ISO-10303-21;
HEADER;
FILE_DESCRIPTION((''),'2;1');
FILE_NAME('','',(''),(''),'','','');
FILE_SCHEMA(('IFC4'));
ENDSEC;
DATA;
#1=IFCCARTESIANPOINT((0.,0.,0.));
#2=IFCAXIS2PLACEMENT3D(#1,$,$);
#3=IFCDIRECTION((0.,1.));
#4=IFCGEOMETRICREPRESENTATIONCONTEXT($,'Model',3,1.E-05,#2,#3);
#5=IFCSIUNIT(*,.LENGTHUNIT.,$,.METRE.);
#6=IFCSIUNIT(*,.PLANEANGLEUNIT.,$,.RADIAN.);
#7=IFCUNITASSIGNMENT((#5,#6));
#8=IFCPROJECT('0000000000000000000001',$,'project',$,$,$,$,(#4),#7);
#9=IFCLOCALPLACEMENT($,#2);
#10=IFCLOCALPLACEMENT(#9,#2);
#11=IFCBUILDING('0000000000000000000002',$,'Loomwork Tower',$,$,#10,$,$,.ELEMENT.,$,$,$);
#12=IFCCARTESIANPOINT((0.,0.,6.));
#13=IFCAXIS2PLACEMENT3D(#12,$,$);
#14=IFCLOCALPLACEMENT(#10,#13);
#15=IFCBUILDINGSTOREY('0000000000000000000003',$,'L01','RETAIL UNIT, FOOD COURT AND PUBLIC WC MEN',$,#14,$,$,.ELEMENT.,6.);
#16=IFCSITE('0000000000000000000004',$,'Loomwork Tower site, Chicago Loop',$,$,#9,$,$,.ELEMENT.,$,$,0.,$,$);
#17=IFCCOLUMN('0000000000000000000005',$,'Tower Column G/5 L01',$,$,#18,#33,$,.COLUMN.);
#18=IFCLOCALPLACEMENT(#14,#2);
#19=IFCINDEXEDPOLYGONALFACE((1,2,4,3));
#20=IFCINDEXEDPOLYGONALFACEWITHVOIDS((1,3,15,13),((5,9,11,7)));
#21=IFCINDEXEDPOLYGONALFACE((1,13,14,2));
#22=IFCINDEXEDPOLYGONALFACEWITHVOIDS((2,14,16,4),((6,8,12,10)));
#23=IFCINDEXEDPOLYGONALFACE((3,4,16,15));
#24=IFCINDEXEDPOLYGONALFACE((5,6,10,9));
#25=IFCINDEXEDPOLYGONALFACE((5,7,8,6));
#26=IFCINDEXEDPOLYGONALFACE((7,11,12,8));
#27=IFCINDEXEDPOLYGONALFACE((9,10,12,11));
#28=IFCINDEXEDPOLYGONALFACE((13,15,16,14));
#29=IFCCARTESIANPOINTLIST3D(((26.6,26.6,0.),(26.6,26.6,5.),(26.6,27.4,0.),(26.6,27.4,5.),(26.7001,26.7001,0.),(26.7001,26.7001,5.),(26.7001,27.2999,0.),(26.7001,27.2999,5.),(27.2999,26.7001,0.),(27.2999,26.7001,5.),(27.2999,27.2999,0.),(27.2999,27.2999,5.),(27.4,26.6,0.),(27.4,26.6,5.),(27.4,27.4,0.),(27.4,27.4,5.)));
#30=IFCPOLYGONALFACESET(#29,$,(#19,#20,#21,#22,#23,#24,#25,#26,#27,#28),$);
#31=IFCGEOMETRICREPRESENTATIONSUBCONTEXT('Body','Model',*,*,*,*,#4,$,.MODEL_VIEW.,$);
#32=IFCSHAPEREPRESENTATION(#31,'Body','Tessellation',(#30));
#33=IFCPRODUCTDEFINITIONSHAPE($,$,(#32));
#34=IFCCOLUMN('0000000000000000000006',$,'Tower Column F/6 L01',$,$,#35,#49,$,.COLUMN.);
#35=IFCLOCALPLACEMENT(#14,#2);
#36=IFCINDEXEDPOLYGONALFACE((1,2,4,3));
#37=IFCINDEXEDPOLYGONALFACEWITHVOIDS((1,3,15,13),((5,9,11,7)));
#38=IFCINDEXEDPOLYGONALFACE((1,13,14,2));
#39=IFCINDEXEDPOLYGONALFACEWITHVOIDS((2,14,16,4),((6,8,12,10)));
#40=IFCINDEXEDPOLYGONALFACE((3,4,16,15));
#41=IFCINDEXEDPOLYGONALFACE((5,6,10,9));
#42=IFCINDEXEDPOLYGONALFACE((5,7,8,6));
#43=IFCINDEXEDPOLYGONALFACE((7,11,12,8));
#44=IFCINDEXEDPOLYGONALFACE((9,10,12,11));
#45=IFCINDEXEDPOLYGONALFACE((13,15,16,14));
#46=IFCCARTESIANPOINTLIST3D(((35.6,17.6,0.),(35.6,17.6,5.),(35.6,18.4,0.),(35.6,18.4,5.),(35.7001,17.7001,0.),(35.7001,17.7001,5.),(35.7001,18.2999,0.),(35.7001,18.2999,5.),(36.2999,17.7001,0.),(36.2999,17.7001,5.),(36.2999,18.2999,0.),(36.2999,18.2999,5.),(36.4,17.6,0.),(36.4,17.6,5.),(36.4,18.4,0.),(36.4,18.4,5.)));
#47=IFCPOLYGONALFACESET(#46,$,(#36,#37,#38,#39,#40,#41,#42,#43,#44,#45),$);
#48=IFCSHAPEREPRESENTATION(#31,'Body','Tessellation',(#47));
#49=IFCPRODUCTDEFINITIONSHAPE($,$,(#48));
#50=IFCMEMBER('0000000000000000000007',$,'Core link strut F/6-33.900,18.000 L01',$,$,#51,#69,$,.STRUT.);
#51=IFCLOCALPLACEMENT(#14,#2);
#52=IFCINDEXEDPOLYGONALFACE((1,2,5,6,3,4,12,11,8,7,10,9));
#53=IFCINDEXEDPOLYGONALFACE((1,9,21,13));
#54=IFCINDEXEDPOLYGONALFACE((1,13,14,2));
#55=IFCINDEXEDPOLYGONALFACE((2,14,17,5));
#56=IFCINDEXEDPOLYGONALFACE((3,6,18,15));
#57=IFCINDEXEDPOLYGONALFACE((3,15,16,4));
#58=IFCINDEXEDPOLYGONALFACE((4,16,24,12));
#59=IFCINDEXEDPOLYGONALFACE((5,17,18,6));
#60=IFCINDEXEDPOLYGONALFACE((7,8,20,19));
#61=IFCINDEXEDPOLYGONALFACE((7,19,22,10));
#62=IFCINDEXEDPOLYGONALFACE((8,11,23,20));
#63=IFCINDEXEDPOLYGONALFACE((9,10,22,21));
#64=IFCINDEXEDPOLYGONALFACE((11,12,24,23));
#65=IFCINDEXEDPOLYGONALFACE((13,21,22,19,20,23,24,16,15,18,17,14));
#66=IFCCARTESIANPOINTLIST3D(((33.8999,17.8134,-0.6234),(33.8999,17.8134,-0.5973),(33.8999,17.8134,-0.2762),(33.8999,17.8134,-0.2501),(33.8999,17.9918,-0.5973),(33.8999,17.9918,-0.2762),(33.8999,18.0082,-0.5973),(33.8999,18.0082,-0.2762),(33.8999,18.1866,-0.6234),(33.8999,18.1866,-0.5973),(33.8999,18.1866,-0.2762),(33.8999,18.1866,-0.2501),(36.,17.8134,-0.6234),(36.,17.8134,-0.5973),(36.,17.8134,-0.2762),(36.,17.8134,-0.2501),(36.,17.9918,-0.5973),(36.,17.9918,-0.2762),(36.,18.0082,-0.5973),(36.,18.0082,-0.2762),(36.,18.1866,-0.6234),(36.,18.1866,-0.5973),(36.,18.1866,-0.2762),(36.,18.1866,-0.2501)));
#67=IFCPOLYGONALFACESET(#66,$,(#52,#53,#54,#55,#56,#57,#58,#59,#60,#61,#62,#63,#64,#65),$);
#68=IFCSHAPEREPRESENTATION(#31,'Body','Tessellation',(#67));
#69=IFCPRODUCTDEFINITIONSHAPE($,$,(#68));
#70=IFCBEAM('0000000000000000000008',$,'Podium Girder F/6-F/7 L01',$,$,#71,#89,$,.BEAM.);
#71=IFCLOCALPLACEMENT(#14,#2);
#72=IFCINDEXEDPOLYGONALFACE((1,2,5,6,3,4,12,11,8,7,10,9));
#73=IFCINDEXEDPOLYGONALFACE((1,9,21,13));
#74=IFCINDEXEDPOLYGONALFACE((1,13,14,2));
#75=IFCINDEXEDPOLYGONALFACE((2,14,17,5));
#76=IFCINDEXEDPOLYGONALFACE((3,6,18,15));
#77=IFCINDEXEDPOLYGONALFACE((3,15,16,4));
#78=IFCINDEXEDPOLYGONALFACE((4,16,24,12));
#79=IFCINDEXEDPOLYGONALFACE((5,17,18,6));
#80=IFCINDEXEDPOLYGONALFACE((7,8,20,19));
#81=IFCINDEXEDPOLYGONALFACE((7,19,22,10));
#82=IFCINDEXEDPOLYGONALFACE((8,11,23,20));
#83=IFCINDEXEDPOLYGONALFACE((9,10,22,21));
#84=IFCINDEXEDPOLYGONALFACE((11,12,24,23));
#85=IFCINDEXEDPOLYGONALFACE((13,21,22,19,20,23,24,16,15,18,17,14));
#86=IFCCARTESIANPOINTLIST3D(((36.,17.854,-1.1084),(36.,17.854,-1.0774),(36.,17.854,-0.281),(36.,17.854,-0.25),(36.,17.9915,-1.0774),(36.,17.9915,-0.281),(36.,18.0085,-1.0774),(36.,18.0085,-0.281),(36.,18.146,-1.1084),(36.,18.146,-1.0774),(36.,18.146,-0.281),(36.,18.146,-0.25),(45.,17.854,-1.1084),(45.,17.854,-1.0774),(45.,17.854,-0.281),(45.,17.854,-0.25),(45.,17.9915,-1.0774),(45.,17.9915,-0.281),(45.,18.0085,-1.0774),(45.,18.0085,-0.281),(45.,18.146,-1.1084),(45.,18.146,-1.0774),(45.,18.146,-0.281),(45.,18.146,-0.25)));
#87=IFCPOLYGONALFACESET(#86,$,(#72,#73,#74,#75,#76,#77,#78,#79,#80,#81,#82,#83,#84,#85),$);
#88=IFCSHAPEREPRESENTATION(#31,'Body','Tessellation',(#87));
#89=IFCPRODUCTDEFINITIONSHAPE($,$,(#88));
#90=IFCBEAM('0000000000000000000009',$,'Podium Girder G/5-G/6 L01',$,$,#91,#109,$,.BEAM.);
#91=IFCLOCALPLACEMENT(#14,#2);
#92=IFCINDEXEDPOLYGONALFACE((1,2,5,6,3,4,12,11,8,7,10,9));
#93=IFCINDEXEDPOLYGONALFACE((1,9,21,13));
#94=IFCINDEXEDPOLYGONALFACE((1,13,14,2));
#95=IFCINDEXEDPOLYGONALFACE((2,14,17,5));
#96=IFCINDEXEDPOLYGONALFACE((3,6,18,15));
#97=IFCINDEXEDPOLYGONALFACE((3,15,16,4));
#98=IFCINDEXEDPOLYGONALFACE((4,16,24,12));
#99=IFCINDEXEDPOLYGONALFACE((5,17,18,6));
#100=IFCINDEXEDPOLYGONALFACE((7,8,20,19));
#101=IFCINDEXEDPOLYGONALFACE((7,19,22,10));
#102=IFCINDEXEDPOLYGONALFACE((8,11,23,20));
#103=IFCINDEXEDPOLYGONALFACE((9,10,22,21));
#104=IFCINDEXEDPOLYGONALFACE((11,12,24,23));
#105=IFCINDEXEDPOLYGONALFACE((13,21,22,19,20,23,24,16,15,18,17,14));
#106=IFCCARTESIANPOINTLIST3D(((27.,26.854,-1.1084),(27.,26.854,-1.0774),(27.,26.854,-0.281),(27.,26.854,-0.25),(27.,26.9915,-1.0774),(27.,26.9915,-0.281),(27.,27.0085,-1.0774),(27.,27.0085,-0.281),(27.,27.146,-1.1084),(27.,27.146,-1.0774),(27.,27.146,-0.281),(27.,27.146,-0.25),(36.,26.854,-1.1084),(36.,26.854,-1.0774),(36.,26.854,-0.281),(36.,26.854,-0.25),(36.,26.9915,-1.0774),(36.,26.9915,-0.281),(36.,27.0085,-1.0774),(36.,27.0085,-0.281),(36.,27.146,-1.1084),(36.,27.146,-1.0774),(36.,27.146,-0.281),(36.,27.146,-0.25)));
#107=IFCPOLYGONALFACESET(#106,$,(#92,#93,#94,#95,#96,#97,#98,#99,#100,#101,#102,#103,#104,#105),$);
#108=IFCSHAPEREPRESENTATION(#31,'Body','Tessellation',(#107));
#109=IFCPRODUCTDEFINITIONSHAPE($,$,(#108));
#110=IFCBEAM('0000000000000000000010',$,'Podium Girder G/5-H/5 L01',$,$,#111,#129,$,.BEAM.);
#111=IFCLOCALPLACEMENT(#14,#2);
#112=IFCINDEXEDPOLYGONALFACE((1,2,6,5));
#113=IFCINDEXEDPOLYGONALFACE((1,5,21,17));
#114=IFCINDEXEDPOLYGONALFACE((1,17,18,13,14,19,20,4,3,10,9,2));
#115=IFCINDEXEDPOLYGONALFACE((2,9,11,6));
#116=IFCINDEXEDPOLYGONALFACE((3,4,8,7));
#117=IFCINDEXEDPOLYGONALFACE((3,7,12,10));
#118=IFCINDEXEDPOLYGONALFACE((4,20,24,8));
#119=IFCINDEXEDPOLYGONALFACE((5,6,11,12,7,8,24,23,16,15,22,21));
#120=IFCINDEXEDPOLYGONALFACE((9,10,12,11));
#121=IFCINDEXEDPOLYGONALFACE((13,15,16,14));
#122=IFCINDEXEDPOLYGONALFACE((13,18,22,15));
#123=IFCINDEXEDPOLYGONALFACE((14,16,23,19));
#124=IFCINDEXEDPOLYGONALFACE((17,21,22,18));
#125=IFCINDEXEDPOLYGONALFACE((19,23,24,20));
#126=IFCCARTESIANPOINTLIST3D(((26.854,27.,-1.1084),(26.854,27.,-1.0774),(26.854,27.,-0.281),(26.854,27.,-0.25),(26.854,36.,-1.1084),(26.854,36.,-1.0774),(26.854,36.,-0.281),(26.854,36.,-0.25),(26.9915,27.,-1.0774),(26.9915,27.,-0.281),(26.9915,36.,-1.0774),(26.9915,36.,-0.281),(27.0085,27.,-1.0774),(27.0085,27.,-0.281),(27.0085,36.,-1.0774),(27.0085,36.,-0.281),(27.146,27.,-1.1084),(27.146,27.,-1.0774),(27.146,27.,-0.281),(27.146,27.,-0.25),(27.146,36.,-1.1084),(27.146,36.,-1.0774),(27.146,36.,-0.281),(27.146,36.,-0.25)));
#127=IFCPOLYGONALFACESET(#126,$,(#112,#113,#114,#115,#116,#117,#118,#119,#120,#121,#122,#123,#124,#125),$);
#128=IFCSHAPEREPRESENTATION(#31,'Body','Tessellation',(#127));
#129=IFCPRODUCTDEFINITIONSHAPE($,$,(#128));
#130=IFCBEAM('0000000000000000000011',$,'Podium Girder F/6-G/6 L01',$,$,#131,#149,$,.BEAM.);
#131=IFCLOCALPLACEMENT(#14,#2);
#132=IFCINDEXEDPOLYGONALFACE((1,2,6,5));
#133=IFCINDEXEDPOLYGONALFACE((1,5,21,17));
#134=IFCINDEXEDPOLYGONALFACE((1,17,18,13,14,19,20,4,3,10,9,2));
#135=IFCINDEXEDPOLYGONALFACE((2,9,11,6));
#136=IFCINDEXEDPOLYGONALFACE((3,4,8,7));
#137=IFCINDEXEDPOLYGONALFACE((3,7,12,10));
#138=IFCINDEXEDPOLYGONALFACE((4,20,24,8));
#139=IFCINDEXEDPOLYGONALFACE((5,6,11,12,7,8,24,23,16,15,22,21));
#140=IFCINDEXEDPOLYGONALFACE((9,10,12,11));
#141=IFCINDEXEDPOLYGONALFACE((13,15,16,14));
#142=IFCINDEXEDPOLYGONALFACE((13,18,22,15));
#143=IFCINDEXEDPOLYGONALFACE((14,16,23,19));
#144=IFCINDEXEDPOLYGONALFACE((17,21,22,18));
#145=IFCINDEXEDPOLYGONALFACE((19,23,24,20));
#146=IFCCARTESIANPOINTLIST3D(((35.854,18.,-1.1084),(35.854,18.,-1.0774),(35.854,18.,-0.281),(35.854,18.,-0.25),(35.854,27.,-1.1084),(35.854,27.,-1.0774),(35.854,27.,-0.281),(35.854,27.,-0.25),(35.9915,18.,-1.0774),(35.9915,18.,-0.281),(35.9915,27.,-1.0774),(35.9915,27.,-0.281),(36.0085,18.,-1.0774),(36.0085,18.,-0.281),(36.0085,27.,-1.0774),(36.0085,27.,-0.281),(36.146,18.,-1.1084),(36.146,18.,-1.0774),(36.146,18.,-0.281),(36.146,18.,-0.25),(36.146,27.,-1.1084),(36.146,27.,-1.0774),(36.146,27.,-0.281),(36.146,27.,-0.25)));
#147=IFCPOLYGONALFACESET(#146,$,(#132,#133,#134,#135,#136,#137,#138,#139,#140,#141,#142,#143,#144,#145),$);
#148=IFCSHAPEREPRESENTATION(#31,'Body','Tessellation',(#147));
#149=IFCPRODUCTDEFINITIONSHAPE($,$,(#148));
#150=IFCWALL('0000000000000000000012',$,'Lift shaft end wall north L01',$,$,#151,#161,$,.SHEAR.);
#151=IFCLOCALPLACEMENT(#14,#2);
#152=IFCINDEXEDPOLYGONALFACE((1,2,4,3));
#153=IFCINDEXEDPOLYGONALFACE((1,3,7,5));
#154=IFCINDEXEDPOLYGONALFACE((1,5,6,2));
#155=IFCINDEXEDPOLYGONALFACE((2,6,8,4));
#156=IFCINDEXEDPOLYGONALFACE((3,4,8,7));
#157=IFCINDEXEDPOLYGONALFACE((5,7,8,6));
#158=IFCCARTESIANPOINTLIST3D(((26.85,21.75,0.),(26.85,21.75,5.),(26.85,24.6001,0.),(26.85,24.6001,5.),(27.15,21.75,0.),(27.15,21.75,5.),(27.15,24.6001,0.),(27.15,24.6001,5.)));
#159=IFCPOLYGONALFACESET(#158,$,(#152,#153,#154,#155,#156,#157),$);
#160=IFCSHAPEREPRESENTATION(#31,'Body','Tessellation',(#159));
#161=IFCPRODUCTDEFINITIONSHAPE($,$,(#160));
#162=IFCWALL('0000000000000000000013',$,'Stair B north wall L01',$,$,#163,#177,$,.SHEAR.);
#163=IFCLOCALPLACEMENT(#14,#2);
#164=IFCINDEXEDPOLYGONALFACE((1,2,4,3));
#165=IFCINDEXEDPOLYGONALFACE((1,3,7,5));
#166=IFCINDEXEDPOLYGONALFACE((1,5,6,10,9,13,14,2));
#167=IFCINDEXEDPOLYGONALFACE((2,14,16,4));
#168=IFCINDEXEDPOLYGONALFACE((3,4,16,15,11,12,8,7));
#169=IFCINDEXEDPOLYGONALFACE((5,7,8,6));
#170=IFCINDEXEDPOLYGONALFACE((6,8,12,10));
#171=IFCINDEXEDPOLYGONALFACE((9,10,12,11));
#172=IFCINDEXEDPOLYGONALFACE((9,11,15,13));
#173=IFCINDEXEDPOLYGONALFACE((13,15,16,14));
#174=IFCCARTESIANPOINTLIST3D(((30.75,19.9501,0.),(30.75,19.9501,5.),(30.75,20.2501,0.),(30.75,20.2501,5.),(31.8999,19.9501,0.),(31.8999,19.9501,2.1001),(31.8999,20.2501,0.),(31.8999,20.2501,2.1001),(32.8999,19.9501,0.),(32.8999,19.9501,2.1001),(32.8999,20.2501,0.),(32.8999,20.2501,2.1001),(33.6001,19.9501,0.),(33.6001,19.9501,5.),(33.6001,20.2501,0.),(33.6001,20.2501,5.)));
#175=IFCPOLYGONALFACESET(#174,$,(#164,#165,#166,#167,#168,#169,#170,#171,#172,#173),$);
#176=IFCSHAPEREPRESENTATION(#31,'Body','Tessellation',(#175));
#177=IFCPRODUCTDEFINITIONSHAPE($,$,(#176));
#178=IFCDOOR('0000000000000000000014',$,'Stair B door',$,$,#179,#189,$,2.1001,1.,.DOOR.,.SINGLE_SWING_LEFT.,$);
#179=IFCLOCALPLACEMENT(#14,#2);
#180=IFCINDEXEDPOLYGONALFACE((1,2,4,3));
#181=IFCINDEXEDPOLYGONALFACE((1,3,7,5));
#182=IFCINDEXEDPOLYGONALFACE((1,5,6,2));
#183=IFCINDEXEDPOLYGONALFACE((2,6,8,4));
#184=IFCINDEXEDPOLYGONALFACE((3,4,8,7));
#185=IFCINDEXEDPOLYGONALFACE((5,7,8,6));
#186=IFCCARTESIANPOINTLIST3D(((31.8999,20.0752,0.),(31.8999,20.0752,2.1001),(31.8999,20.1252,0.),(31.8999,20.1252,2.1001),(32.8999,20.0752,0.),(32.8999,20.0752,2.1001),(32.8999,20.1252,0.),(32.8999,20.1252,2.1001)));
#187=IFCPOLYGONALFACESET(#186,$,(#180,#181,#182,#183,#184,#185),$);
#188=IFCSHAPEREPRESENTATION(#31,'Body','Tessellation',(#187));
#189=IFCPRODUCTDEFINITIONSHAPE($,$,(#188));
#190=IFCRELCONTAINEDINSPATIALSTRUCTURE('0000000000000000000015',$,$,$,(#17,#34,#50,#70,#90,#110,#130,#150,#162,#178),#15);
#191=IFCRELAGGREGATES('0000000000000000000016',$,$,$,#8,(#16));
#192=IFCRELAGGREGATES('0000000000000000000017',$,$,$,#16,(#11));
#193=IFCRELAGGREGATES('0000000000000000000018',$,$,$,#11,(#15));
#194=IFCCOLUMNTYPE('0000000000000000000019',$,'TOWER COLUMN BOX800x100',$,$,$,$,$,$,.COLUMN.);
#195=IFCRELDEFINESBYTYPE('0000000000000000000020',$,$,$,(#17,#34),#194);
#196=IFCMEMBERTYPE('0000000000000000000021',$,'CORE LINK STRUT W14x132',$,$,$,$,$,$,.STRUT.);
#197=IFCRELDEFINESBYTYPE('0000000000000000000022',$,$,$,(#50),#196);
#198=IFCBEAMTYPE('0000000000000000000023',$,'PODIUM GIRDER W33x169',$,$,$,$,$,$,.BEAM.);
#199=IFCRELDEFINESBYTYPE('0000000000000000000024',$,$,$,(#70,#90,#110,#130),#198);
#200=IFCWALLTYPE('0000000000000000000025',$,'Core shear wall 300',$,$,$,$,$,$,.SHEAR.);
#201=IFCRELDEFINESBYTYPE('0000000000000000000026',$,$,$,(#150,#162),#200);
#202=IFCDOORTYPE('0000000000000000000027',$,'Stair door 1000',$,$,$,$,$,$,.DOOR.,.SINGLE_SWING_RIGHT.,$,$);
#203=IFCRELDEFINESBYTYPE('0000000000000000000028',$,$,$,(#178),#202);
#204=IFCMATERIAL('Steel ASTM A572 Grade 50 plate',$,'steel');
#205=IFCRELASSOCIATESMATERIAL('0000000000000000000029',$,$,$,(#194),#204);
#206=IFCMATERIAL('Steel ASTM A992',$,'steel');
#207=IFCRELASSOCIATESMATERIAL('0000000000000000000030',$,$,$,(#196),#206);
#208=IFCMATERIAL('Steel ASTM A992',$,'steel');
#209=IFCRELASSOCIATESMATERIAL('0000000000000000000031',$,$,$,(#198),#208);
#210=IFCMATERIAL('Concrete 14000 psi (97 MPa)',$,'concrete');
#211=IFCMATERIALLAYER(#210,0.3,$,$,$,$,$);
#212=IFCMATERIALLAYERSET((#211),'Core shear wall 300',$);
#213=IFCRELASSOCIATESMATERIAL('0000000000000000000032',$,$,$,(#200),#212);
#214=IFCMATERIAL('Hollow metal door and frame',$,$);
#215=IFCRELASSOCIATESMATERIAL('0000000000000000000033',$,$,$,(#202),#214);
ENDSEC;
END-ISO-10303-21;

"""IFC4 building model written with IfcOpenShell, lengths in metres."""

from ifc_helpers import new_model, si_unit, direction, frame, frame_2d, origin, origin_2d, place, context, subcontext, project, spatial, rectangle, hollow_rectangle, i_section, extrude, material, layer, layer_set, material_profile, profile_set, type_object, element, fill, save


model = new_model("IFC4")

# Units and contexts
model_context = context("Model", 3, precision=1e-05, world=origin(), true_north=direction((0.0, 1.0)))
body_context = subcontext(model_context, "Body", "Model", "MODEL_VIEW")
ifc_project = project(units=[si_unit("LENGTHUNIT", "METRE"), si_unit("PLANEANGLEUNIT", "RADIAN")], contexts=[model_context])

# Site, building, storey
site_placement = place(None, origin())
site = spatial("IfcSite", under=ifc_project, at=site_placement, Name="Loomwork Tower site, Chicago Loop", CompositionType="ELEMENT", RefElevation=0.0)
building_placement = place(site_placement, origin())
building = spatial("IfcBuilding", under=site, at=building_placement, Name="Loomwork Tower", CompositionType="ELEMENT")
storey_placement = place(building_placement, frame((0.0, 0.0, 6.0)))
storey = spatial("IfcBuildingStorey", under=building, at=storey_placement, Name="L01", Description="RETAIL UNIT, FOOD COURT AND PUBLIC WC MEN", CompositionType="ELEMENT", Elevation=6.0)

# Columns
ifc_material_1 = material(Name="Steel ASTM A572 Grade 50 plate", Category="steel")
ifc_material_profile_1 = material_profile(ifc_material_1, hollow_rectangle(XDim=0.8, YDim=0.8, WallThickness=0.1001, at=origin_2d()), Name="BOX800x100")
ifc_profile_set_1 = profile_set([ifc_material_profile_1], Name="Steel ASTM A572 Grade 50 plate")
column_type = type_object("IfcColumnType", Name="TOWER COLUMN BOX800x100", PredefinedType="COLUMN", material=ifc_profile_set_1)
for number, where, z_axis, x_axis, name in (
    (1, (27.0, 27.0, 0.0), (0.0, 0.0, 1.0), (1.0, 0.0, 0.0), "Tower Column G/5 L01"),
    (2, (36.0, 18.0, 0.0), (0.0, 0.0, 1.0), (0.0, 1.0, 0.0), "Tower Column F/6 L01"),
):
    element("IfcColumn", number, at=place(storey_placement, frame(where, z_axis=z_axis, x_axis=x_axis)), inside=storey, type_object=column_type, Name=name, PredefinedType="COLUMN", context=body_context, shape_type="SweptSolid", body=[
        extrude(hollow_rectangle(XDim=0.8, YDim=0.8, WallThickness=0.1001, at=origin_2d()), origin(), (0.0, 0.0, 1.0), 5.0),
    ])

# Member
ifc_material_2 = material(Name="Steel ASTM A992", Category="steel")
ifc_material_profile_2 = material_profile(ifc_material_2, i_section(OverallWidth=0.3733, OverallDepth=0.3733, WebThickness=0.0164, FlangeThickness=0.0261, at=origin_2d()), Name="W14x132")
ifc_profile_set_2 = profile_set([ifc_material_profile_2], Name="Steel ASTM A992")
member_type = type_object("IfcMemberType", Name="CORE LINK STRUT W14x132", PredefinedType="STRUT", material=ifc_profile_set_2)
member_placement = place(storey_placement, frame((36.0, 18.0, -0.4368), z_axis=(-1.0, 0.0, 0.0), x_axis=(0.0, -1.0, 0.0)))
element("IfcMember", 3, at=member_placement, inside=storey, type_object=member_type, Name="Core link strut F/6-33.900,18.000 L01", PredefinedType="STRUT", context=body_context, shape_type="SweptSolid", body=[
    extrude(i_section(OverallWidth=0.3733, OverallDepth=0.3733, WebThickness=0.0164, FlangeThickness=0.0261, at=origin_2d()), origin(), (0.0, 0.0, 1.0), 2.1001),
])

# Beams
ifc_material_3 = material(Name="Steel ASTM A992", Category="steel")
ifc_material_profile_3 = material_profile(ifc_material_3, i_section(OverallWidth=0.292, OverallDepth=0.8584, WebThickness=0.0171, FlangeThickness=0.031, at=origin_2d()), Name="W33x169")
ifc_profile_set_3 = profile_set([ifc_material_profile_3], Name="Steel ASTM A992")
beam_type = type_object("IfcBeamType", Name="PODIUM GIRDER W33x169", PredefinedType="BEAM", material=ifc_profile_set_3)
for number, where, z_axis, x_axis, name in (
    (4, (36.0, 18.0, -0.6792), (1.0, 0.0, 0.0), (0.0, 1.0, 0.0), "Podium Girder F/6-F/7 L01"),
    (5, (27.0, 27.0, -0.6792), (1.0, 0.0, 0.0), (0.0, 1.0, 0.0), "Podium Girder G/5-G/6 L01"),
    (6, (27.0, 27.0, -0.6792), (0.0, 1.0, 0.0), (-1.0, 0.0, 0.0), "Podium Girder G/5-H/5 L01"),
    (7, (36.0, 18.0, -0.6792), (0.0, 1.0, 0.0), (-1.0, 0.0, 0.0), "Podium Girder F/6-G/6 L01"),
):
    element("IfcBeam", number, at=place(storey_placement, frame(where, z_axis=z_axis, x_axis=x_axis)), inside=storey, type_object=beam_type, Name=name, PredefinedType="BEAM", context=body_context, shape_type="SweptSolid", body=[
        extrude(i_section(OverallWidth=0.292, OverallDepth=0.8584, WebThickness=0.0171, FlangeThickness=0.031, at=origin_2d()), origin(), (0.0, 0.0, 1.0), 9.0),
    ])

# Wall
ifc_material_4 = material(Name="Concrete 14000 psi (97 MPa)", Category="concrete")
ifc_layer_1 = layer(ifc_material_4, 0.3)
ifc_layer_set_1 = layer_set([ifc_layer_1], Name="Core shear wall 300")
wall_type_1 = type_object("IfcWallType", Name="Core shear wall 300", PredefinedType="SHEAR", material=ifc_layer_set_1)
wall_1_placement = place(storey_placement, frame((27.0, 21.75, 0.0), z_axis=(0.0, 0.0, 1.0), x_axis=(0.0, 1.0, 0.0)))
element("IfcWall", 8, at=wall_1_placement, inside=storey, type_object=wall_type_1, Name="Lift shaft end wall north L01", PredefinedType="SHEAR", context=body_context, shape_type="SweptSolid", body=[
    extrude(rectangle(XDim=2.8501, YDim=0.3, at=frame_2d((1.425, 0.0))), origin(), (0.0, 0.0, 1.0), 5.0),
])

# Wall, opening, door
wall_2_placement = place(storey_placement, frame((30.75, 20.1001, 0.0), z_axis=(0.0, 0.0, 1.0), x_axis=(1.0, 0.0, 0.0)))
wall_2 = element("IfcWall", 9, at=wall_2_placement, inside=storey, type_object=wall_type_1, Name="Stair B north wall L01", PredefinedType="SHEAR", context=body_context, shape_type="SweptSolid", body=[
    extrude(rectangle(XDim=2.8501, YDim=0.3, at=frame_2d((1.425, 0.0))), origin(), (0.0, 0.0, 1.0), 5.0),
])
opening_placement = place(wall_2_placement, frame((1.1499, 0.0, 0.0)))
opening = element("IfcOpeningElement", 10, at=opening_placement, cuts=wall_2, PredefinedType="OPENING", context=body_context, shape_type="SweptSolid", body=[
    extrude(rectangle(XDim=1.0, YDim=2.1001, at=frame_2d((0.5, 1.05))), frame((0.0, 0.1599, 0.0), z_axis=(0.0, -1.0, 0.0), x_axis=(1.0, 0.0, 0.0)), (0.0, 0.0, 1.0), 0.3201),
])
ifc_material_5 = material(Name="Hollow metal door and frame")
door_type = type_object("IfcDoorType", Name="Stair door 1000", OperationType="SINGLE_SWING_RIGHT", PredefinedType="DOOR", material=ifc_material_5)
door_placement = place(opening_placement, frame((1.0, 0.0, 0.0), z_axis=(0.0, 0.0, 1.0), x_axis=(-1.0, 0.0, 0.0)))
door = element("IfcDoor", 11, at=door_placement, inside=storey, type_object=door_type, Name="Stair B door", OperationType="SINGLE_SWING_LEFT", OverallHeight=2.1001, OverallWidth=1.0, PredefinedType="DOOR", context=body_context, shape_type="SweptSolid", body=[
    extrude(rectangle(XDim=1.0, YDim=2.1001, at=frame_2d((0.5, 1.05))), frame((0.0, 0.0249, 0.0), z_axis=(0.0, -1.0, 0.0), x_axis=(1.0, 0.0, 0.0)), (0.0, 0.0, 1.0), 0.05),
])
fill(opening, door)

save(model, "model.ifc")
